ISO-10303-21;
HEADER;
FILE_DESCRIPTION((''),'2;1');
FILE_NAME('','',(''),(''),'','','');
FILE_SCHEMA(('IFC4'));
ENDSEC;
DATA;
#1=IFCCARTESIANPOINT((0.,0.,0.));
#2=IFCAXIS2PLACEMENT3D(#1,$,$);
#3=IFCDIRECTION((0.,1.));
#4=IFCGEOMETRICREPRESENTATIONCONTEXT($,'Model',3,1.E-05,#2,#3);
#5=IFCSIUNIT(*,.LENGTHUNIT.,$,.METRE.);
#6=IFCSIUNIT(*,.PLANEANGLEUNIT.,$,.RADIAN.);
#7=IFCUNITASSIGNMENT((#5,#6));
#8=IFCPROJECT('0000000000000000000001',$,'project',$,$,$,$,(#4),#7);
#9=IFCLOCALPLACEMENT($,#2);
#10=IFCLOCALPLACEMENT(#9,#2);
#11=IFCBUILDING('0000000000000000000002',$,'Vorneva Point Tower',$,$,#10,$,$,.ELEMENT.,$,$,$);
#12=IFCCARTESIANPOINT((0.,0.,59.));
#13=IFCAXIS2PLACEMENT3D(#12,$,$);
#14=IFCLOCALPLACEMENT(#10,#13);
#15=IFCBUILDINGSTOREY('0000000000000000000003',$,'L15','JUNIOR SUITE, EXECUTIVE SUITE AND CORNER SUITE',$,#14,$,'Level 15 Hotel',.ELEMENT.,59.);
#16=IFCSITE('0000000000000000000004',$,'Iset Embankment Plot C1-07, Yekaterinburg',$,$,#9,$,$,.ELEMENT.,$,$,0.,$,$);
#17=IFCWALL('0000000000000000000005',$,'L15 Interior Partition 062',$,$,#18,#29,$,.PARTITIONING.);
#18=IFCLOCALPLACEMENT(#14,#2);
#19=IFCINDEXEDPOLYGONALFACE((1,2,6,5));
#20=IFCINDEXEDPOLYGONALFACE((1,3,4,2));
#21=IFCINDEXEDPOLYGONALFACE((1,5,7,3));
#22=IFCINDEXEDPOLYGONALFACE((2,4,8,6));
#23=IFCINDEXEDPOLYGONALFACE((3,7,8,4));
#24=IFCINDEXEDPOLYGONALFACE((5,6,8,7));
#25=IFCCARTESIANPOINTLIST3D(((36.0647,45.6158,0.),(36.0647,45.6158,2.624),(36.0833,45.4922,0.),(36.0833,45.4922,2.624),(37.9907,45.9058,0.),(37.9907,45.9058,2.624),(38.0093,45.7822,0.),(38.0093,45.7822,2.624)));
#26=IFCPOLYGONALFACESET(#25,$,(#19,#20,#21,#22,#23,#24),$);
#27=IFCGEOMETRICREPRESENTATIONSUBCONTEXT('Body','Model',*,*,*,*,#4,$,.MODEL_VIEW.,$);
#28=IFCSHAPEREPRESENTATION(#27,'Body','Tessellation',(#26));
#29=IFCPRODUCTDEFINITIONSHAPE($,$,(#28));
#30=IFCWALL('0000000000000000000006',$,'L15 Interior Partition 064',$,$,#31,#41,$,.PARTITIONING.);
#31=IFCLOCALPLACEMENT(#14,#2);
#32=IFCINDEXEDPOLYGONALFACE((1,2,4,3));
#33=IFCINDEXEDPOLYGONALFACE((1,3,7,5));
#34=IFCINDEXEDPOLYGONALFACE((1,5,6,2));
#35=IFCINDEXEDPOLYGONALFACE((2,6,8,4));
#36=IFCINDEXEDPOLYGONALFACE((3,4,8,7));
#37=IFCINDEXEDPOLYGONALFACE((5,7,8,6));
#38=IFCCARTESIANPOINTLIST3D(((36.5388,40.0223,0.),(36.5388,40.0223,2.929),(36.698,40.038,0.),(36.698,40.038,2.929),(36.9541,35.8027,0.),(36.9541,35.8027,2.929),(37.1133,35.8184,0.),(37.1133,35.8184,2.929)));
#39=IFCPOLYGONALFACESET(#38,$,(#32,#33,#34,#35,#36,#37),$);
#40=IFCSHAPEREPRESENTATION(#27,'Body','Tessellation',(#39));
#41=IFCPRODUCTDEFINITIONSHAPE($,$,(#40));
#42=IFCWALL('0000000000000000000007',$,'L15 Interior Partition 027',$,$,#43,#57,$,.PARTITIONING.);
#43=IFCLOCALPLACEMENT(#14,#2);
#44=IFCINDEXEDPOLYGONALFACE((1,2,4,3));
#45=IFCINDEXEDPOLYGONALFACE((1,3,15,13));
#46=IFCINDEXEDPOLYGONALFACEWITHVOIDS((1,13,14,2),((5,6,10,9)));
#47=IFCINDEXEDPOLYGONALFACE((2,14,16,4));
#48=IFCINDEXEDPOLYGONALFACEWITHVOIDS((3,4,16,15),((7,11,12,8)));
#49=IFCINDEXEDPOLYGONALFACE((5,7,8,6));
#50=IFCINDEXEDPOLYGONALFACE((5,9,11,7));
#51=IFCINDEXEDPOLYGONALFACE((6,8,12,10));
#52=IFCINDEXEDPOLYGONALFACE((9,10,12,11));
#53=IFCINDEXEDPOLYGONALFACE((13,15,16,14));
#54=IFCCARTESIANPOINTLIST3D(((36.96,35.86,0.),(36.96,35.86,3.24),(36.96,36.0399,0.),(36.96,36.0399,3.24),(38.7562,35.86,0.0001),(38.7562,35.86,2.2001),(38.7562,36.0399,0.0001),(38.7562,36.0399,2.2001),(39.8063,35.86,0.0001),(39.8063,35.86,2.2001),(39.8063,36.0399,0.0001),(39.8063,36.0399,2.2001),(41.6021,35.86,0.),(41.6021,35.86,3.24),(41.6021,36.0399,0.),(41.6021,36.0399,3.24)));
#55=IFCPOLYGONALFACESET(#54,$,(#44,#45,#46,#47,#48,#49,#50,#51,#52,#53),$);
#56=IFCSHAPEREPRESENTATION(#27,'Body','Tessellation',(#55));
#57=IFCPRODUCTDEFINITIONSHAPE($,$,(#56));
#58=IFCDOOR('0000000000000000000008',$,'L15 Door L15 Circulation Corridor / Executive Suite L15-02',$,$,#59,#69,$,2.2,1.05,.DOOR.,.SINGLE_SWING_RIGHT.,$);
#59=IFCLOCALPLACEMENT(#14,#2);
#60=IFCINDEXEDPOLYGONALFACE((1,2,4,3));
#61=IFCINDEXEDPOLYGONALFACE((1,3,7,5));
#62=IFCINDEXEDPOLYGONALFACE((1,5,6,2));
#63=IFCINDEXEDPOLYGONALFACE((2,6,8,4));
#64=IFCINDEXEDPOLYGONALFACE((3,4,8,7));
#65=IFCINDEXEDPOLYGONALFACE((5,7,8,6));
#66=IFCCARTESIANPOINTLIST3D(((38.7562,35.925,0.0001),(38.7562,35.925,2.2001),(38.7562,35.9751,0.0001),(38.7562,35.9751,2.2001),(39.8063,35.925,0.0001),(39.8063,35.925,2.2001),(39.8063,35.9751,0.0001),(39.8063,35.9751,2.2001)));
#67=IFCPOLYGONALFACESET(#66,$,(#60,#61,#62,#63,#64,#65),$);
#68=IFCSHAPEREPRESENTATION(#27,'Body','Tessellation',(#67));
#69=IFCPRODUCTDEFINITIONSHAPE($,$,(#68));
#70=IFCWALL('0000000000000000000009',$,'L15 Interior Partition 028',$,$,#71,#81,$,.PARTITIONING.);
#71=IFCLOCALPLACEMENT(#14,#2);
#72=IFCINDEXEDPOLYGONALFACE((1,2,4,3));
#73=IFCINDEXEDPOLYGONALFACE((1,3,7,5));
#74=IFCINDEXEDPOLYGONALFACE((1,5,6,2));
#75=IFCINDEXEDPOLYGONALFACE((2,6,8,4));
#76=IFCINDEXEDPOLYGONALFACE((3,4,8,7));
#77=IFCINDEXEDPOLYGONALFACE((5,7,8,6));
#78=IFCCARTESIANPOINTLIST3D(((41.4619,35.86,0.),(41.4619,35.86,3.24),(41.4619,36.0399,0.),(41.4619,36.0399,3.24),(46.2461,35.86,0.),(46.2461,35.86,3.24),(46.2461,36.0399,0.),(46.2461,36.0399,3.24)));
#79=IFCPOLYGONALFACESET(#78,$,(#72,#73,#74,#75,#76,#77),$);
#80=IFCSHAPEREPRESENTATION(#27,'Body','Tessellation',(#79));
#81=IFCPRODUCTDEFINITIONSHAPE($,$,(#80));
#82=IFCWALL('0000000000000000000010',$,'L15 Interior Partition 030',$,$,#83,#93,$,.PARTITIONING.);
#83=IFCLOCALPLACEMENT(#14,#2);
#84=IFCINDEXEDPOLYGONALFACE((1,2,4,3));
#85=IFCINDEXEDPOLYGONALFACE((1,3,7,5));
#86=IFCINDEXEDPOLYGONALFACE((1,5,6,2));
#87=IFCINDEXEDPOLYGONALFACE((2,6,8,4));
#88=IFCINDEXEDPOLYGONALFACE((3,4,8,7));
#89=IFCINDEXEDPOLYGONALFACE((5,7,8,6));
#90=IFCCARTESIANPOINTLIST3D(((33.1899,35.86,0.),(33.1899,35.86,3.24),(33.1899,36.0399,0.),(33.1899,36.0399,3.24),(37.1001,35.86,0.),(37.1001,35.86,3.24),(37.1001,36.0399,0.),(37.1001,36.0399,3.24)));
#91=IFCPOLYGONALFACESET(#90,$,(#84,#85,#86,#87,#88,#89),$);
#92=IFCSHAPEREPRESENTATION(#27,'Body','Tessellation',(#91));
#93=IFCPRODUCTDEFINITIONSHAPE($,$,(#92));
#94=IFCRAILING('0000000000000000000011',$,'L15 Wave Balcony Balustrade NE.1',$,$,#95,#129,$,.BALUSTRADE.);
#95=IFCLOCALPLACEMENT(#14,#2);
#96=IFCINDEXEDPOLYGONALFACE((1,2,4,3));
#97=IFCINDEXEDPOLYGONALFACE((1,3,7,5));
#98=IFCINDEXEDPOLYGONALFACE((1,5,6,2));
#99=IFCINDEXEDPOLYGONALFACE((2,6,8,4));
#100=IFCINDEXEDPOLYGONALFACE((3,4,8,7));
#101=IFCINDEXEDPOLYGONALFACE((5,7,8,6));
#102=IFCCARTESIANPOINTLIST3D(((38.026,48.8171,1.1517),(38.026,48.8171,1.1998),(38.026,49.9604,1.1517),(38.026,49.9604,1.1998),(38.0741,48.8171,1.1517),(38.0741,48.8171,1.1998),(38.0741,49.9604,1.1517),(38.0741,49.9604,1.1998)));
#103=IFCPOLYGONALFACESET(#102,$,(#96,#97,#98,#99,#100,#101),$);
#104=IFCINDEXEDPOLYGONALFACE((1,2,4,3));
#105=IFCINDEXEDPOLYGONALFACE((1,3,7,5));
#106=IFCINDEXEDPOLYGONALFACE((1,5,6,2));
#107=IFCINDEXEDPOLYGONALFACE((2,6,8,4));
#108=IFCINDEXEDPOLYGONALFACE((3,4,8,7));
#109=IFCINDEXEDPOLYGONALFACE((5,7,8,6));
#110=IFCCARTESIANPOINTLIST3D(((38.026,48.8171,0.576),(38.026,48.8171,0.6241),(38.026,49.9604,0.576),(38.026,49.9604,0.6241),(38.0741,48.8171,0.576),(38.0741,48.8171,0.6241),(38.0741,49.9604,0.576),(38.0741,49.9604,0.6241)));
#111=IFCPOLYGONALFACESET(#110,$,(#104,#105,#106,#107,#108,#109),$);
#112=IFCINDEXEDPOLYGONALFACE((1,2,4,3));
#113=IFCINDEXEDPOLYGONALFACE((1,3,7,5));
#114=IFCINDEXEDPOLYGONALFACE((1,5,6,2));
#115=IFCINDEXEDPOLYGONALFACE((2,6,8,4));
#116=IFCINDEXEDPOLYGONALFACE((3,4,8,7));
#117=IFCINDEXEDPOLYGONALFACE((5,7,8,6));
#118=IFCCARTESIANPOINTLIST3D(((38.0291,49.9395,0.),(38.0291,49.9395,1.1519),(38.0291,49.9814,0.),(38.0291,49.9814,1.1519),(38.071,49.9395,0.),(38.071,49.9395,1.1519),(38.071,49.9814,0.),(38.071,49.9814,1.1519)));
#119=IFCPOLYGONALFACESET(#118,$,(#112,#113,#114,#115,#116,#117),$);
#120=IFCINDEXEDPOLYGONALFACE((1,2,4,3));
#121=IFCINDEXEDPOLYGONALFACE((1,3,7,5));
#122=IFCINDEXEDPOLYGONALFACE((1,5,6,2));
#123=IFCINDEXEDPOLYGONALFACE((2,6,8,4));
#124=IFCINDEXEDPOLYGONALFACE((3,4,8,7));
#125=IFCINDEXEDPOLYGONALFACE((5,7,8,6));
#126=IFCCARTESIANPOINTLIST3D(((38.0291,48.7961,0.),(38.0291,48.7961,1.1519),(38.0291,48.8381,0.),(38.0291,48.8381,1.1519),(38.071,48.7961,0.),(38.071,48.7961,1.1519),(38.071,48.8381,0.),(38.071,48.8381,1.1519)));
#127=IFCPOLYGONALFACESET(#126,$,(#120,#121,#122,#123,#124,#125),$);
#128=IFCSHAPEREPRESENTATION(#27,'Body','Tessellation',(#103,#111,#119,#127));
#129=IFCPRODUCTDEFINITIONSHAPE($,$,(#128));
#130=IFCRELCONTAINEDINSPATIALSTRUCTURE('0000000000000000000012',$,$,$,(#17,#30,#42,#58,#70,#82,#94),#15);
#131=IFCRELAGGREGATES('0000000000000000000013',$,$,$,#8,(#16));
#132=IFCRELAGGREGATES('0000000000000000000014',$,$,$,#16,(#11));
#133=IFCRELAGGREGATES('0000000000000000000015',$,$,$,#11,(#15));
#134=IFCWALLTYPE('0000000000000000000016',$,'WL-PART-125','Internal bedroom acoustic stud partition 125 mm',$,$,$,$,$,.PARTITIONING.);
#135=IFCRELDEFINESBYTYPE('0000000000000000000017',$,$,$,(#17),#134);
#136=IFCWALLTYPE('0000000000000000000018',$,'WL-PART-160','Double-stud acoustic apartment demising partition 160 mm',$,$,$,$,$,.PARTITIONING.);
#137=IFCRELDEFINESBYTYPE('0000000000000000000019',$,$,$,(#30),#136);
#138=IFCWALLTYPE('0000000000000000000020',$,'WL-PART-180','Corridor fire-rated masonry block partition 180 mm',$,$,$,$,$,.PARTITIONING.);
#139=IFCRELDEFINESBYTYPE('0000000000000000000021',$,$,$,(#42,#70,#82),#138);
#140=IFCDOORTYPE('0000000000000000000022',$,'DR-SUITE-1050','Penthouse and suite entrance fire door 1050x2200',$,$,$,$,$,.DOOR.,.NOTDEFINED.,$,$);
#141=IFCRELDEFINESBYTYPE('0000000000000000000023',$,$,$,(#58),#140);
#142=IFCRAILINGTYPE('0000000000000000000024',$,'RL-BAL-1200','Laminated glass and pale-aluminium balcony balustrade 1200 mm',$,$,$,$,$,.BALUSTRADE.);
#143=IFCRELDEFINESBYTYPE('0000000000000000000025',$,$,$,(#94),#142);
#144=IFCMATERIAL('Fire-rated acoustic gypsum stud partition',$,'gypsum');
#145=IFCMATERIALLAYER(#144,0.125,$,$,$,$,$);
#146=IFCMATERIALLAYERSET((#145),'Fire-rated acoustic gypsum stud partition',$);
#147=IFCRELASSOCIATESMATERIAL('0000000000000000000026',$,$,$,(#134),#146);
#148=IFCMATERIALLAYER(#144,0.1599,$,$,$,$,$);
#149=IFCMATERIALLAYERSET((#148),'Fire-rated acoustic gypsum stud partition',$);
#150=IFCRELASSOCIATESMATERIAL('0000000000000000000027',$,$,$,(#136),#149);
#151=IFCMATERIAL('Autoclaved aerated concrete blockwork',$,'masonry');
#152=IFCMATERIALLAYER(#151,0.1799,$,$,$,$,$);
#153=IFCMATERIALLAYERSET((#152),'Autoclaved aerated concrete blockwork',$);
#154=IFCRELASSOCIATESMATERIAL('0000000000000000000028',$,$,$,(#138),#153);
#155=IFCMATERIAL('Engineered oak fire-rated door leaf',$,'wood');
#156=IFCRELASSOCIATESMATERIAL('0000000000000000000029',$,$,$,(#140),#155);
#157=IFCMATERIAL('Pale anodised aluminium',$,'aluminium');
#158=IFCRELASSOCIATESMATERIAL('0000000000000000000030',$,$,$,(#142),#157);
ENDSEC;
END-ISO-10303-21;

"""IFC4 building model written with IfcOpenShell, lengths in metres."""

from ifc_helpers import new_model, si_unit, direction, frame, frame_2d, origin, origin_2d, place, context, subcontext, project, spatial, rectangle, extrude, material, layer, layer_set, type_object, element, fill, save


model = new_model("IFC4")

# Units and contexts
model_context = context("Model", 3, precision=1e-05, world=origin(), true_north=direction((0.0, 1.0)))
body_context = subcontext(model_context, "Body", "Model", "MODEL_VIEW")
ifc_project = project(units=[si_unit("LENGTHUNIT", "METRE"), si_unit("PLANEANGLEUNIT", "RADIAN")], contexts=[model_context])

# Site, building, storey
site_placement = place(None, origin())
site = spatial("IfcSite", under=ifc_project, at=site_placement, Name="Iset Embankment Plot C1-07, Yekaterinburg", CompositionType="ELEMENT", RefElevation=0.0)
building_placement = place(site_placement, origin())
building = spatial("IfcBuilding", under=site, at=building_placement, Name="Vorneva Point Tower", CompositionType="ELEMENT")
storey_placement = place(building_placement, frame((0.0, 0.0, 59.0)))
storey = spatial("IfcBuildingStorey", under=building, at=storey_placement, Name="L15", Description="JUNIOR SUITE, EXECUTIVE SUITE AND CORNER SUITE", LongName="Level 15 Hotel", CompositionType="ELEMENT", Elevation=59.0)

# Shared definitions
ifc_material_1 = material(Name="Pale anodised aluminium", Category="aluminium")

# Shared definitions
ifc_material_2 = material(Name="Fire-rated acoustic gypsum stud partition", Category="gypsum")
ifc_layer_1 = layer(ifc_material_2, 0.125)
ifc_layer_set_1 = layer_set([ifc_layer_1], Name="Fire-rated acoustic gypsum stud partition")
wall_type_1 = type_object("IfcWallType", Name="WL-PART-125", Description="Internal bedroom acoustic stud partition 125 mm", PredefinedType="PARTITIONING", material=ifc_layer_set_1)

# Shared definitions
ifc_material_3 = material(Name="Engineered oak fire-rated door leaf", Category="wood")

# Walls
wall_1_placement = place(storey_placement, frame((38.0, 45.844, 0.0), z_axis=(0.0, 0.0, 1.0), x_axis=(-0.988851, -0.14891, 0.0)))
element("IfcWall", 1, at=wall_1_placement, inside=storey, type_object=wall_type_1, Name="L15 Interior Partition 062", PredefinedType="PARTITIONING", context=body_context, shape_type="SweptSolid", body=[
    extrude(rectangle(XDim=1.9478, YDim=0.125, at=frame_2d((0.9739, 0.0))), origin(), (0.0, 0.0, 1.0), 2.624),
])
ifc_layer_2 = layer(ifc_material_2, 0.1599)
ifc_layer_set_2 = layer_set([ifc_layer_2], Name="Fire-rated acoustic gypsum stud partition")
wall_type_2 = type_object("IfcWallType", Name="WL-PART-160", Description="Double-stud acoustic apartment demising partition 160 mm", PredefinedType="PARTITIONING", material=ifc_layer_set_2)
wall_2_placement = place(storey_placement, frame((36.6184, 40.0303, 0.0), z_axis=(0.0, 0.0, 1.0), x_axis=(0.097947, -0.995192, 0.0)))
element("IfcWall", 2, at=wall_2_placement, inside=storey, type_object=wall_type_2, Name="L15 Interior Partition 064", PredefinedType="PARTITIONING", context=body_context, shape_type="SweptSolid", body=[
    extrude(rectangle(XDim=4.24, YDim=0.1599, at=frame_2d((2.1201, 0.0))), origin(), (0.0, 0.0, 1.0), 2.929),
])

# Wall, opening, door
ifc_material_4 = material(Name="Autoclaved aerated concrete blockwork", Category="masonry")
ifc_layer_3 = layer(ifc_material_4, 0.1799)
ifc_layer_set_3 = layer_set([ifc_layer_3], Name="Autoclaved aerated concrete blockwork")
wall_type_3 = type_object("IfcWallType", Name="WL-PART-180", Description="Corridor fire-rated masonry block partition 180 mm", PredefinedType="PARTITIONING", material=ifc_layer_set_3)
wall_3_placement = place(storey_placement, frame((41.6021, 35.95, 0.0), z_axis=(0.0, 0.0, 1.0), x_axis=(-1.0, 0.0, 0.0)))
wall_3 = element("IfcWall", 3, at=wall_3_placement, inside=storey, type_object=wall_type_3, Name="L15 Interior Partition 027", PredefinedType="PARTITIONING", context=body_context, shape_type="SweptSolid", body=[
    extrude(rectangle(XDim=4.6421, YDim=0.1799, at=frame_2d((2.321, 0.0))), origin(), (0.0, 0.0, 1.0), 3.24),
])
opening_1_placement = place(wall_3_placement, frame((1.7959, 0.0, 0.0)))
opening_1 = element("IfcOpeningElement", 4, at=opening_1_placement, cuts=wall_3, PredefinedType="OPENING", context=body_context, shape_type="SweptSolid", body=[
    extrude(rectangle(XDim=1.05, YDim=2.2, at=frame_2d((0.5249, 1.1001))), frame((0.0, 0.105, 0.0), z_axis=(0.0, -1.0, 0.0), x_axis=(1.0, 0.0, 0.0)), (0.0, 0.0, 1.0), 0.2097),
])
door_type_1 = type_object("IfcDoorType", Name="DR-SUITE-1050", Description="Penthouse and suite entrance fire door 1050x2200", OperationType="NOTDEFINED", PredefinedType="DOOR", material=ifc_material_3)
door_1_placement = place(opening_1_placement, origin())
door_1 = element("IfcDoor", 5, at=door_1_placement, inside=storey, type_object=door_type_1, Name="L15 Door L15 Circulation Corridor / Executive Suite L15-02", OperationType="SINGLE_SWING_RIGHT", OverallHeight=2.2, OverallWidth=1.05, PredefinedType="DOOR", context=body_context, shape_type="SweptSolid", body=[
    extrude(rectangle(XDim=1.05, YDim=2.2, at=frame_2d((0.5249, 1.1001))), frame((0.0, 0.0249, 0.0), z_axis=(0.0, -1.0, 0.0), x_axis=(1.0, 0.0, 0.0)), (0.0, 0.0, 1.0), 0.05),
])
fill(opening_1, door_1)

# Walls
wall_4_placement = place(storey_placement, frame((46.2461, 35.95, 0.0), z_axis=(0.0, 0.0, 1.0), x_axis=(-1.0, 0.0, 0.0)))
element("IfcWall", 6, at=wall_4_placement, inside=storey, type_object=wall_type_3, Name="L15 Interior Partition 028", PredefinedType="PARTITIONING", context=body_context, shape_type="SweptSolid", body=[
    extrude(rectangle(XDim=4.7842, YDim=0.1799, at=frame_2d((2.3921, 0.0))), origin(), (0.0, 0.0, 1.0), 3.24),
])
wall_5_placement = place(storey_placement, frame((37.1001, 35.95, 0.0), z_axis=(0.0, 0.0, 1.0), x_axis=(-1.0, 0.0, 0.0)))
element("IfcWall", 7, at=wall_5_placement, inside=storey, type_object=wall_type_3, Name="L15 Interior Partition 030", PredefinedType="PARTITIONING", context=body_context, shape_type="SweptSolid", body=[
    extrude(rectangle(XDim=3.9102, YDim=0.1799, at=frame_2d((1.9551, 0.0))), origin(), (0.0, 0.0, 1.0), 3.24),
])

# Railing
railing_type = type_object("IfcRailingType", Name="RL-BAL-1200", Description="Laminated glass and pale-aluminium balcony balustrade 1200 mm", PredefinedType="BALUSTRADE", material=ifc_material_1)
railing_placement = place(storey_placement, frame((38.05, 49.9604, 0.0)))
element("IfcRailing", 8, at=railing_placement, inside=storey, type_object=railing_type, Name="L15 Wave Balcony Balustrade NE.1", PredefinedType="BALUSTRADE", context=body_context, shape_type="SweptSolid", body=[
    extrude(rectangle(XDim=0.0481, YDim=0.0481, at=origin_2d()), frame((0.0, 0.0, 1.1758), z_axis=(0.0, -1.0, 0.0), x_axis=(1.0, 0.0, 0.0)), (0.0, 0.0, 1.0), 1.1433),
    extrude(rectangle(XDim=0.0481, YDim=0.0481, at=origin_2d()), frame((0.0, 0.0, 0.6001), z_axis=(0.0, -1.0, 0.0), x_axis=(1.0, 0.0, 0.0)), (0.0, 0.0, 1.0), 1.1433),
    extrude(rectangle(XDim=0.042, YDim=0.042, at=origin_2d()), origin(), (0.0, 0.0, 1.0), 1.1519),
    extrude(rectangle(XDim=0.042, YDim=0.042, at=origin_2d()), frame((0.0, -1.1433, 0.0)), (0.0, 0.0, 1.0), 1.1519),
])

save(model, "model.ifc")
